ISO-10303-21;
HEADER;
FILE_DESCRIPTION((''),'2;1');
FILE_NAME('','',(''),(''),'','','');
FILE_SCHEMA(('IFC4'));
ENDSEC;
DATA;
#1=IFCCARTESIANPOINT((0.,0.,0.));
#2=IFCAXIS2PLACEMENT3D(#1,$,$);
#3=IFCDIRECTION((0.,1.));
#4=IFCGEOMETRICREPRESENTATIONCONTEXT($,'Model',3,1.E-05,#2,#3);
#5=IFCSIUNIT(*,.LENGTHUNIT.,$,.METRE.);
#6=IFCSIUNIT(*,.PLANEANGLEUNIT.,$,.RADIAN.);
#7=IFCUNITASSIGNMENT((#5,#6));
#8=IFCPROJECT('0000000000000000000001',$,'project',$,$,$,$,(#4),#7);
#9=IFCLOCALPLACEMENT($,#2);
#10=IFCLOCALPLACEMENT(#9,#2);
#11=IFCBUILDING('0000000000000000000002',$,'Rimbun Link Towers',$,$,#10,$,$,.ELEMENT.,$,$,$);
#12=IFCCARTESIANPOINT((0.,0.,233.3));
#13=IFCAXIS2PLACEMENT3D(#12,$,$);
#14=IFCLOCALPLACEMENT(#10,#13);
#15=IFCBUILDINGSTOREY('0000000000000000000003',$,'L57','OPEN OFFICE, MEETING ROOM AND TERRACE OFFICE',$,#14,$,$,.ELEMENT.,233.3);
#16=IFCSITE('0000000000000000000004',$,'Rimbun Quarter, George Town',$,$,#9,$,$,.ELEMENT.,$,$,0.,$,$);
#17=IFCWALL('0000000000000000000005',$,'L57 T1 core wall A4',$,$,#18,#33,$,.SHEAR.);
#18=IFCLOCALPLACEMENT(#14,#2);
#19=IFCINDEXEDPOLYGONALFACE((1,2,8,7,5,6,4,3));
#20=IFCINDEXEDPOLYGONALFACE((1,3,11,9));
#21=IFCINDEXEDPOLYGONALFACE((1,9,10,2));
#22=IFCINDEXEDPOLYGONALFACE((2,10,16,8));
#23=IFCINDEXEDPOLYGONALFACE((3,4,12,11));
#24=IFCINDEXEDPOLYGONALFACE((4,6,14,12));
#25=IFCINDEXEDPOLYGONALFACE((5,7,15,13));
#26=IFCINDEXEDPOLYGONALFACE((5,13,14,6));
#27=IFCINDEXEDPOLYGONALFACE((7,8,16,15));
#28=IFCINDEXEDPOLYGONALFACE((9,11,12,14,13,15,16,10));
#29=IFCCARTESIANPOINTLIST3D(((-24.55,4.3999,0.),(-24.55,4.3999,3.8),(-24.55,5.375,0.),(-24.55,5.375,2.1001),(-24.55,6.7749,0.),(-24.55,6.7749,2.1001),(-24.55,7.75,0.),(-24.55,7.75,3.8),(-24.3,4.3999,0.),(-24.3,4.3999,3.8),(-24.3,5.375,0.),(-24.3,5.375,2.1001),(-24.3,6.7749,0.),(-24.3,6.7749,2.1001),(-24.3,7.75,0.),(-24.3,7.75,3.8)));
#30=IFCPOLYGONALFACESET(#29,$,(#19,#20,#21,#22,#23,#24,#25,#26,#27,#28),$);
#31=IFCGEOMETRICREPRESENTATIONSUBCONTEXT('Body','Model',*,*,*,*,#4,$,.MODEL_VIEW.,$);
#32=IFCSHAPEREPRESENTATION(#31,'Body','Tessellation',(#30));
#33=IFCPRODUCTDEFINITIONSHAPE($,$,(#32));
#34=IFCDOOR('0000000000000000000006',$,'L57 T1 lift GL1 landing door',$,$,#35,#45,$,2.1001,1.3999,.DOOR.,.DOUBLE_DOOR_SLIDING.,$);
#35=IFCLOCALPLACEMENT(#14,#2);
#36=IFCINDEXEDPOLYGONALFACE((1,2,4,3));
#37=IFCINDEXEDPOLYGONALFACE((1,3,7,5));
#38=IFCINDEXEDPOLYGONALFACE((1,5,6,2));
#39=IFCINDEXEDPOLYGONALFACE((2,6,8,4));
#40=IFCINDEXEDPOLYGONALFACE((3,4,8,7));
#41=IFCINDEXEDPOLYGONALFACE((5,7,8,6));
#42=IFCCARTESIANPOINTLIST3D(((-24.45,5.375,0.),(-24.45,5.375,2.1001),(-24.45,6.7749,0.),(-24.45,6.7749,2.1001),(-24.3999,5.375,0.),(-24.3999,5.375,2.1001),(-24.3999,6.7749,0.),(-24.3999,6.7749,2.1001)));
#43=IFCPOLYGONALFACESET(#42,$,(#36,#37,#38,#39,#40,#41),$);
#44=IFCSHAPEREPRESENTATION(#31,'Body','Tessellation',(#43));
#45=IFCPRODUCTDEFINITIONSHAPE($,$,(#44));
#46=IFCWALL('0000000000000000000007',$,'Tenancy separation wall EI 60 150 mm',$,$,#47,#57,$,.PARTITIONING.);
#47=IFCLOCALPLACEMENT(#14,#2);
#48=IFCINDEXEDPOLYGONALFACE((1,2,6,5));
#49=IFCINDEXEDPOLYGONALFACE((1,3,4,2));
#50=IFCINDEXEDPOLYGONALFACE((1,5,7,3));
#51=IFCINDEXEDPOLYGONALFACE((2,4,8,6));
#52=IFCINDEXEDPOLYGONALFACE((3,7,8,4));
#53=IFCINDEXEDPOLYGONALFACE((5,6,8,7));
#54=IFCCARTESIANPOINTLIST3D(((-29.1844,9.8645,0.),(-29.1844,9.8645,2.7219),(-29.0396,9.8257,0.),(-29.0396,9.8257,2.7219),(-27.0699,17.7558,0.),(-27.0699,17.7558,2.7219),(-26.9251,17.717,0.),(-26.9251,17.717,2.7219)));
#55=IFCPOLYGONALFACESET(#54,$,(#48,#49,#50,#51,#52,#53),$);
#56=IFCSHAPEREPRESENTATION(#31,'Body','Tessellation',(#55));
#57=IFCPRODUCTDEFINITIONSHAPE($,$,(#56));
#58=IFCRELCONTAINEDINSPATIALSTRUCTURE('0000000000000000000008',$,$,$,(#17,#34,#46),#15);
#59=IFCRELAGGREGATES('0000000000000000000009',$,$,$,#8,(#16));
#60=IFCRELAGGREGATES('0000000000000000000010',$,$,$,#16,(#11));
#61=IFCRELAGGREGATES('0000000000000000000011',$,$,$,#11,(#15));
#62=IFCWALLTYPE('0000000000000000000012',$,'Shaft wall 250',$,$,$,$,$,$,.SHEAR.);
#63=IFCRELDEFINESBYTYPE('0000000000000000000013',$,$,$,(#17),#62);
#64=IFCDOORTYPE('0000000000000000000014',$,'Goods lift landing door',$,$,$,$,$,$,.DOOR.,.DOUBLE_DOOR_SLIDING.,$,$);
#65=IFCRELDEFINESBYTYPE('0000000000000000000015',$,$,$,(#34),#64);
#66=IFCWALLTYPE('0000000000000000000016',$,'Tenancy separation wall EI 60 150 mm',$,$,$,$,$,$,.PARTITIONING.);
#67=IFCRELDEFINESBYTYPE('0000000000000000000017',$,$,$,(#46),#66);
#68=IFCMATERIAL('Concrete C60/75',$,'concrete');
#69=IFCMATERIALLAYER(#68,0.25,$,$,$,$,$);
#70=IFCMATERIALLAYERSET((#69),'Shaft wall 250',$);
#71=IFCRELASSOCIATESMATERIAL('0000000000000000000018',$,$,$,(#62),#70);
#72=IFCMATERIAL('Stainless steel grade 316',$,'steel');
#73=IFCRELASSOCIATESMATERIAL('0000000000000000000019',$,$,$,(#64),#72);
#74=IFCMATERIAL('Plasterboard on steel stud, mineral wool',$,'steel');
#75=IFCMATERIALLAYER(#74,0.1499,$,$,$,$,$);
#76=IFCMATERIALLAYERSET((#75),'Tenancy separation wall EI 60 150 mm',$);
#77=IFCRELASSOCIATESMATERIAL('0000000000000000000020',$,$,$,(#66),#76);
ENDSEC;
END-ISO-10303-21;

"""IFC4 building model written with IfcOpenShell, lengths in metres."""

from ifc_helpers import new_model, si_unit, direction, frame, frame_2d, origin, place, context, subcontext, project, spatial, rectangle, extrude, material, layer, layer_set, type_object, element, fill, save


model = new_model("IFC4")

# Units and contexts
model_context = context("Model", 3, precision=1e-05, world=origin(), true_north=direction((0.0, 1.0)))
body_context = subcontext(model_context, "Body", "Model", "MODEL_VIEW")
ifc_project = project(units=[si_unit("LENGTHUNIT", "METRE"), si_unit("PLANEANGLEUNIT", "RADIAN")], contexts=[model_context])

# Site, building, storey
site_placement = place(None, origin())
site = spatial("IfcSite", under=ifc_project, at=site_placement, Name="Rimbun Quarter, George Town", CompositionType="ELEMENT", RefElevation=0.0)
building_placement = place(site_placement, origin())
building = spatial("IfcBuilding", under=site, at=building_placement, Name="Rimbun Link Towers", CompositionType="ELEMENT")
storey_placement = place(building_placement, frame((0.0, 0.0, 233.3)))
storey = spatial("IfcBuildingStorey", under=building, at=storey_placement, Name="L57", Description="OPEN OFFICE, MEETING ROOM AND TERRACE OFFICE", CompositionType="ELEMENT", Elevation=233.3)

# Shared definitions
ifc_material_1 = material(Name="Concrete C60/75", Category="concrete")
ifc_layer_1 = layer(ifc_material_1, 0.25)
ifc_layer_set_1 = layer_set([ifc_layer_1], Name="Shaft wall 250")
wall_type_1 = type_object("IfcWallType", Name="Shaft wall 250", PredefinedType="SHEAR", material=ifc_layer_set_1)

# Wall, opening, door
wall_1_placement = place(storey_placement, frame((-24.425, 4.3999, 0.0), z_axis=(0.0, 0.0, 1.0), x_axis=(0.0, 1.0, 0.0)))
wall_1 = element("IfcWall", 1, at=wall_1_placement, inside=storey, type_object=wall_type_1, Name="L57 T1 core wall A4", PredefinedType="SHEAR", context=body_context, shape_type="SweptSolid", body=[
    extrude(rectangle(XDim=3.3501, YDim=0.25, at=frame_2d((1.675, 0.0))), origin(), (0.0, 0.0, 1.0), 3.8),
])
opening_1_placement = place(wall_1_placement, frame((0.9751, 0.0, 0.0)))
opening_1 = element("IfcOpeningElement", 2, at=opening_1_placement, cuts=wall_1, PredefinedType="OPENING", context=body_context, shape_type="SweptSolid", body=[
    extrude(rectangle(XDim=1.3999, YDim=2.1001, at=frame_2d((0.7, 1.05))), frame((0.0, 0.135, 0.0), z_axis=(0.0, -1.0, 0.0), x_axis=(1.0, 0.0, 0.0)), (0.0, 0.0, 1.0), 0.27),
])
ifc_material_2 = material(Name="Stainless steel grade 316", Category="steel")
door_type_1 = type_object("IfcDoorType", Name="Goods lift landing door", OperationType="DOUBLE_DOOR_SLIDING", PredefinedType="DOOR", material=ifc_material_2)
door_1_placement = place(opening_1_placement, origin())
door_1 = element("IfcDoor", 3, at=door_1_placement, inside=storey, type_object=door_type_1, Name="L57 T1 lift GL1 landing door", OperationType="DOUBLE_DOOR_SLIDING", OverallHeight=2.1001, OverallWidth=1.3999, PredefinedType="DOOR", context=body_context, shape_type="SweptSolid", body=[
    extrude(rectangle(XDim=1.3999, YDim=2.1001, at=frame_2d((0.7, 1.05))), frame((0.0, 0.0249, 0.0), z_axis=(0.0, -1.0, 0.0), x_axis=(1.0, 0.0, 0.0)), (0.0, 0.0, 1.0), 0.05),
])
fill(opening_1, door_1)

# Wall
ifc_material_3 = material(Name="Plasterboard on steel stud, mineral wool", Category="steel")
ifc_layer_2 = layer(ifc_material_3, 0.1499)
ifc_layer_set_2 = layer_set([ifc_layer_2], Name="Tenancy separation wall EI 60 150 mm")
wall_type_2 = type_object("IfcWallType", Name="Tenancy separation wall EI 60 150 mm", PredefinedType="PARTITIONING", material=ifc_layer_set_2)
wall_2_placement = place(storey_placement, frame((-29.1121, 9.845, 0.0), z_axis=(0.0, 0.0, 1.0), x_axis=(0.258821, 0.965925, 0.0)))
element("IfcWall", 4, at=wall_2_placement, inside=storey, type_object=wall_type_2, Name="Tenancy separation wall EI 60 150 mm", PredefinedType="PARTITIONING", context=body_context, shape_type="SweptSolid", body=[
    extrude(rectangle(XDim=8.1697, YDim=0.1499, at=frame_2d((4.085, 0.0))), origin(), (0.0, 0.0, 1.0), 2.7219),
])

save(model, "model.ifc")
